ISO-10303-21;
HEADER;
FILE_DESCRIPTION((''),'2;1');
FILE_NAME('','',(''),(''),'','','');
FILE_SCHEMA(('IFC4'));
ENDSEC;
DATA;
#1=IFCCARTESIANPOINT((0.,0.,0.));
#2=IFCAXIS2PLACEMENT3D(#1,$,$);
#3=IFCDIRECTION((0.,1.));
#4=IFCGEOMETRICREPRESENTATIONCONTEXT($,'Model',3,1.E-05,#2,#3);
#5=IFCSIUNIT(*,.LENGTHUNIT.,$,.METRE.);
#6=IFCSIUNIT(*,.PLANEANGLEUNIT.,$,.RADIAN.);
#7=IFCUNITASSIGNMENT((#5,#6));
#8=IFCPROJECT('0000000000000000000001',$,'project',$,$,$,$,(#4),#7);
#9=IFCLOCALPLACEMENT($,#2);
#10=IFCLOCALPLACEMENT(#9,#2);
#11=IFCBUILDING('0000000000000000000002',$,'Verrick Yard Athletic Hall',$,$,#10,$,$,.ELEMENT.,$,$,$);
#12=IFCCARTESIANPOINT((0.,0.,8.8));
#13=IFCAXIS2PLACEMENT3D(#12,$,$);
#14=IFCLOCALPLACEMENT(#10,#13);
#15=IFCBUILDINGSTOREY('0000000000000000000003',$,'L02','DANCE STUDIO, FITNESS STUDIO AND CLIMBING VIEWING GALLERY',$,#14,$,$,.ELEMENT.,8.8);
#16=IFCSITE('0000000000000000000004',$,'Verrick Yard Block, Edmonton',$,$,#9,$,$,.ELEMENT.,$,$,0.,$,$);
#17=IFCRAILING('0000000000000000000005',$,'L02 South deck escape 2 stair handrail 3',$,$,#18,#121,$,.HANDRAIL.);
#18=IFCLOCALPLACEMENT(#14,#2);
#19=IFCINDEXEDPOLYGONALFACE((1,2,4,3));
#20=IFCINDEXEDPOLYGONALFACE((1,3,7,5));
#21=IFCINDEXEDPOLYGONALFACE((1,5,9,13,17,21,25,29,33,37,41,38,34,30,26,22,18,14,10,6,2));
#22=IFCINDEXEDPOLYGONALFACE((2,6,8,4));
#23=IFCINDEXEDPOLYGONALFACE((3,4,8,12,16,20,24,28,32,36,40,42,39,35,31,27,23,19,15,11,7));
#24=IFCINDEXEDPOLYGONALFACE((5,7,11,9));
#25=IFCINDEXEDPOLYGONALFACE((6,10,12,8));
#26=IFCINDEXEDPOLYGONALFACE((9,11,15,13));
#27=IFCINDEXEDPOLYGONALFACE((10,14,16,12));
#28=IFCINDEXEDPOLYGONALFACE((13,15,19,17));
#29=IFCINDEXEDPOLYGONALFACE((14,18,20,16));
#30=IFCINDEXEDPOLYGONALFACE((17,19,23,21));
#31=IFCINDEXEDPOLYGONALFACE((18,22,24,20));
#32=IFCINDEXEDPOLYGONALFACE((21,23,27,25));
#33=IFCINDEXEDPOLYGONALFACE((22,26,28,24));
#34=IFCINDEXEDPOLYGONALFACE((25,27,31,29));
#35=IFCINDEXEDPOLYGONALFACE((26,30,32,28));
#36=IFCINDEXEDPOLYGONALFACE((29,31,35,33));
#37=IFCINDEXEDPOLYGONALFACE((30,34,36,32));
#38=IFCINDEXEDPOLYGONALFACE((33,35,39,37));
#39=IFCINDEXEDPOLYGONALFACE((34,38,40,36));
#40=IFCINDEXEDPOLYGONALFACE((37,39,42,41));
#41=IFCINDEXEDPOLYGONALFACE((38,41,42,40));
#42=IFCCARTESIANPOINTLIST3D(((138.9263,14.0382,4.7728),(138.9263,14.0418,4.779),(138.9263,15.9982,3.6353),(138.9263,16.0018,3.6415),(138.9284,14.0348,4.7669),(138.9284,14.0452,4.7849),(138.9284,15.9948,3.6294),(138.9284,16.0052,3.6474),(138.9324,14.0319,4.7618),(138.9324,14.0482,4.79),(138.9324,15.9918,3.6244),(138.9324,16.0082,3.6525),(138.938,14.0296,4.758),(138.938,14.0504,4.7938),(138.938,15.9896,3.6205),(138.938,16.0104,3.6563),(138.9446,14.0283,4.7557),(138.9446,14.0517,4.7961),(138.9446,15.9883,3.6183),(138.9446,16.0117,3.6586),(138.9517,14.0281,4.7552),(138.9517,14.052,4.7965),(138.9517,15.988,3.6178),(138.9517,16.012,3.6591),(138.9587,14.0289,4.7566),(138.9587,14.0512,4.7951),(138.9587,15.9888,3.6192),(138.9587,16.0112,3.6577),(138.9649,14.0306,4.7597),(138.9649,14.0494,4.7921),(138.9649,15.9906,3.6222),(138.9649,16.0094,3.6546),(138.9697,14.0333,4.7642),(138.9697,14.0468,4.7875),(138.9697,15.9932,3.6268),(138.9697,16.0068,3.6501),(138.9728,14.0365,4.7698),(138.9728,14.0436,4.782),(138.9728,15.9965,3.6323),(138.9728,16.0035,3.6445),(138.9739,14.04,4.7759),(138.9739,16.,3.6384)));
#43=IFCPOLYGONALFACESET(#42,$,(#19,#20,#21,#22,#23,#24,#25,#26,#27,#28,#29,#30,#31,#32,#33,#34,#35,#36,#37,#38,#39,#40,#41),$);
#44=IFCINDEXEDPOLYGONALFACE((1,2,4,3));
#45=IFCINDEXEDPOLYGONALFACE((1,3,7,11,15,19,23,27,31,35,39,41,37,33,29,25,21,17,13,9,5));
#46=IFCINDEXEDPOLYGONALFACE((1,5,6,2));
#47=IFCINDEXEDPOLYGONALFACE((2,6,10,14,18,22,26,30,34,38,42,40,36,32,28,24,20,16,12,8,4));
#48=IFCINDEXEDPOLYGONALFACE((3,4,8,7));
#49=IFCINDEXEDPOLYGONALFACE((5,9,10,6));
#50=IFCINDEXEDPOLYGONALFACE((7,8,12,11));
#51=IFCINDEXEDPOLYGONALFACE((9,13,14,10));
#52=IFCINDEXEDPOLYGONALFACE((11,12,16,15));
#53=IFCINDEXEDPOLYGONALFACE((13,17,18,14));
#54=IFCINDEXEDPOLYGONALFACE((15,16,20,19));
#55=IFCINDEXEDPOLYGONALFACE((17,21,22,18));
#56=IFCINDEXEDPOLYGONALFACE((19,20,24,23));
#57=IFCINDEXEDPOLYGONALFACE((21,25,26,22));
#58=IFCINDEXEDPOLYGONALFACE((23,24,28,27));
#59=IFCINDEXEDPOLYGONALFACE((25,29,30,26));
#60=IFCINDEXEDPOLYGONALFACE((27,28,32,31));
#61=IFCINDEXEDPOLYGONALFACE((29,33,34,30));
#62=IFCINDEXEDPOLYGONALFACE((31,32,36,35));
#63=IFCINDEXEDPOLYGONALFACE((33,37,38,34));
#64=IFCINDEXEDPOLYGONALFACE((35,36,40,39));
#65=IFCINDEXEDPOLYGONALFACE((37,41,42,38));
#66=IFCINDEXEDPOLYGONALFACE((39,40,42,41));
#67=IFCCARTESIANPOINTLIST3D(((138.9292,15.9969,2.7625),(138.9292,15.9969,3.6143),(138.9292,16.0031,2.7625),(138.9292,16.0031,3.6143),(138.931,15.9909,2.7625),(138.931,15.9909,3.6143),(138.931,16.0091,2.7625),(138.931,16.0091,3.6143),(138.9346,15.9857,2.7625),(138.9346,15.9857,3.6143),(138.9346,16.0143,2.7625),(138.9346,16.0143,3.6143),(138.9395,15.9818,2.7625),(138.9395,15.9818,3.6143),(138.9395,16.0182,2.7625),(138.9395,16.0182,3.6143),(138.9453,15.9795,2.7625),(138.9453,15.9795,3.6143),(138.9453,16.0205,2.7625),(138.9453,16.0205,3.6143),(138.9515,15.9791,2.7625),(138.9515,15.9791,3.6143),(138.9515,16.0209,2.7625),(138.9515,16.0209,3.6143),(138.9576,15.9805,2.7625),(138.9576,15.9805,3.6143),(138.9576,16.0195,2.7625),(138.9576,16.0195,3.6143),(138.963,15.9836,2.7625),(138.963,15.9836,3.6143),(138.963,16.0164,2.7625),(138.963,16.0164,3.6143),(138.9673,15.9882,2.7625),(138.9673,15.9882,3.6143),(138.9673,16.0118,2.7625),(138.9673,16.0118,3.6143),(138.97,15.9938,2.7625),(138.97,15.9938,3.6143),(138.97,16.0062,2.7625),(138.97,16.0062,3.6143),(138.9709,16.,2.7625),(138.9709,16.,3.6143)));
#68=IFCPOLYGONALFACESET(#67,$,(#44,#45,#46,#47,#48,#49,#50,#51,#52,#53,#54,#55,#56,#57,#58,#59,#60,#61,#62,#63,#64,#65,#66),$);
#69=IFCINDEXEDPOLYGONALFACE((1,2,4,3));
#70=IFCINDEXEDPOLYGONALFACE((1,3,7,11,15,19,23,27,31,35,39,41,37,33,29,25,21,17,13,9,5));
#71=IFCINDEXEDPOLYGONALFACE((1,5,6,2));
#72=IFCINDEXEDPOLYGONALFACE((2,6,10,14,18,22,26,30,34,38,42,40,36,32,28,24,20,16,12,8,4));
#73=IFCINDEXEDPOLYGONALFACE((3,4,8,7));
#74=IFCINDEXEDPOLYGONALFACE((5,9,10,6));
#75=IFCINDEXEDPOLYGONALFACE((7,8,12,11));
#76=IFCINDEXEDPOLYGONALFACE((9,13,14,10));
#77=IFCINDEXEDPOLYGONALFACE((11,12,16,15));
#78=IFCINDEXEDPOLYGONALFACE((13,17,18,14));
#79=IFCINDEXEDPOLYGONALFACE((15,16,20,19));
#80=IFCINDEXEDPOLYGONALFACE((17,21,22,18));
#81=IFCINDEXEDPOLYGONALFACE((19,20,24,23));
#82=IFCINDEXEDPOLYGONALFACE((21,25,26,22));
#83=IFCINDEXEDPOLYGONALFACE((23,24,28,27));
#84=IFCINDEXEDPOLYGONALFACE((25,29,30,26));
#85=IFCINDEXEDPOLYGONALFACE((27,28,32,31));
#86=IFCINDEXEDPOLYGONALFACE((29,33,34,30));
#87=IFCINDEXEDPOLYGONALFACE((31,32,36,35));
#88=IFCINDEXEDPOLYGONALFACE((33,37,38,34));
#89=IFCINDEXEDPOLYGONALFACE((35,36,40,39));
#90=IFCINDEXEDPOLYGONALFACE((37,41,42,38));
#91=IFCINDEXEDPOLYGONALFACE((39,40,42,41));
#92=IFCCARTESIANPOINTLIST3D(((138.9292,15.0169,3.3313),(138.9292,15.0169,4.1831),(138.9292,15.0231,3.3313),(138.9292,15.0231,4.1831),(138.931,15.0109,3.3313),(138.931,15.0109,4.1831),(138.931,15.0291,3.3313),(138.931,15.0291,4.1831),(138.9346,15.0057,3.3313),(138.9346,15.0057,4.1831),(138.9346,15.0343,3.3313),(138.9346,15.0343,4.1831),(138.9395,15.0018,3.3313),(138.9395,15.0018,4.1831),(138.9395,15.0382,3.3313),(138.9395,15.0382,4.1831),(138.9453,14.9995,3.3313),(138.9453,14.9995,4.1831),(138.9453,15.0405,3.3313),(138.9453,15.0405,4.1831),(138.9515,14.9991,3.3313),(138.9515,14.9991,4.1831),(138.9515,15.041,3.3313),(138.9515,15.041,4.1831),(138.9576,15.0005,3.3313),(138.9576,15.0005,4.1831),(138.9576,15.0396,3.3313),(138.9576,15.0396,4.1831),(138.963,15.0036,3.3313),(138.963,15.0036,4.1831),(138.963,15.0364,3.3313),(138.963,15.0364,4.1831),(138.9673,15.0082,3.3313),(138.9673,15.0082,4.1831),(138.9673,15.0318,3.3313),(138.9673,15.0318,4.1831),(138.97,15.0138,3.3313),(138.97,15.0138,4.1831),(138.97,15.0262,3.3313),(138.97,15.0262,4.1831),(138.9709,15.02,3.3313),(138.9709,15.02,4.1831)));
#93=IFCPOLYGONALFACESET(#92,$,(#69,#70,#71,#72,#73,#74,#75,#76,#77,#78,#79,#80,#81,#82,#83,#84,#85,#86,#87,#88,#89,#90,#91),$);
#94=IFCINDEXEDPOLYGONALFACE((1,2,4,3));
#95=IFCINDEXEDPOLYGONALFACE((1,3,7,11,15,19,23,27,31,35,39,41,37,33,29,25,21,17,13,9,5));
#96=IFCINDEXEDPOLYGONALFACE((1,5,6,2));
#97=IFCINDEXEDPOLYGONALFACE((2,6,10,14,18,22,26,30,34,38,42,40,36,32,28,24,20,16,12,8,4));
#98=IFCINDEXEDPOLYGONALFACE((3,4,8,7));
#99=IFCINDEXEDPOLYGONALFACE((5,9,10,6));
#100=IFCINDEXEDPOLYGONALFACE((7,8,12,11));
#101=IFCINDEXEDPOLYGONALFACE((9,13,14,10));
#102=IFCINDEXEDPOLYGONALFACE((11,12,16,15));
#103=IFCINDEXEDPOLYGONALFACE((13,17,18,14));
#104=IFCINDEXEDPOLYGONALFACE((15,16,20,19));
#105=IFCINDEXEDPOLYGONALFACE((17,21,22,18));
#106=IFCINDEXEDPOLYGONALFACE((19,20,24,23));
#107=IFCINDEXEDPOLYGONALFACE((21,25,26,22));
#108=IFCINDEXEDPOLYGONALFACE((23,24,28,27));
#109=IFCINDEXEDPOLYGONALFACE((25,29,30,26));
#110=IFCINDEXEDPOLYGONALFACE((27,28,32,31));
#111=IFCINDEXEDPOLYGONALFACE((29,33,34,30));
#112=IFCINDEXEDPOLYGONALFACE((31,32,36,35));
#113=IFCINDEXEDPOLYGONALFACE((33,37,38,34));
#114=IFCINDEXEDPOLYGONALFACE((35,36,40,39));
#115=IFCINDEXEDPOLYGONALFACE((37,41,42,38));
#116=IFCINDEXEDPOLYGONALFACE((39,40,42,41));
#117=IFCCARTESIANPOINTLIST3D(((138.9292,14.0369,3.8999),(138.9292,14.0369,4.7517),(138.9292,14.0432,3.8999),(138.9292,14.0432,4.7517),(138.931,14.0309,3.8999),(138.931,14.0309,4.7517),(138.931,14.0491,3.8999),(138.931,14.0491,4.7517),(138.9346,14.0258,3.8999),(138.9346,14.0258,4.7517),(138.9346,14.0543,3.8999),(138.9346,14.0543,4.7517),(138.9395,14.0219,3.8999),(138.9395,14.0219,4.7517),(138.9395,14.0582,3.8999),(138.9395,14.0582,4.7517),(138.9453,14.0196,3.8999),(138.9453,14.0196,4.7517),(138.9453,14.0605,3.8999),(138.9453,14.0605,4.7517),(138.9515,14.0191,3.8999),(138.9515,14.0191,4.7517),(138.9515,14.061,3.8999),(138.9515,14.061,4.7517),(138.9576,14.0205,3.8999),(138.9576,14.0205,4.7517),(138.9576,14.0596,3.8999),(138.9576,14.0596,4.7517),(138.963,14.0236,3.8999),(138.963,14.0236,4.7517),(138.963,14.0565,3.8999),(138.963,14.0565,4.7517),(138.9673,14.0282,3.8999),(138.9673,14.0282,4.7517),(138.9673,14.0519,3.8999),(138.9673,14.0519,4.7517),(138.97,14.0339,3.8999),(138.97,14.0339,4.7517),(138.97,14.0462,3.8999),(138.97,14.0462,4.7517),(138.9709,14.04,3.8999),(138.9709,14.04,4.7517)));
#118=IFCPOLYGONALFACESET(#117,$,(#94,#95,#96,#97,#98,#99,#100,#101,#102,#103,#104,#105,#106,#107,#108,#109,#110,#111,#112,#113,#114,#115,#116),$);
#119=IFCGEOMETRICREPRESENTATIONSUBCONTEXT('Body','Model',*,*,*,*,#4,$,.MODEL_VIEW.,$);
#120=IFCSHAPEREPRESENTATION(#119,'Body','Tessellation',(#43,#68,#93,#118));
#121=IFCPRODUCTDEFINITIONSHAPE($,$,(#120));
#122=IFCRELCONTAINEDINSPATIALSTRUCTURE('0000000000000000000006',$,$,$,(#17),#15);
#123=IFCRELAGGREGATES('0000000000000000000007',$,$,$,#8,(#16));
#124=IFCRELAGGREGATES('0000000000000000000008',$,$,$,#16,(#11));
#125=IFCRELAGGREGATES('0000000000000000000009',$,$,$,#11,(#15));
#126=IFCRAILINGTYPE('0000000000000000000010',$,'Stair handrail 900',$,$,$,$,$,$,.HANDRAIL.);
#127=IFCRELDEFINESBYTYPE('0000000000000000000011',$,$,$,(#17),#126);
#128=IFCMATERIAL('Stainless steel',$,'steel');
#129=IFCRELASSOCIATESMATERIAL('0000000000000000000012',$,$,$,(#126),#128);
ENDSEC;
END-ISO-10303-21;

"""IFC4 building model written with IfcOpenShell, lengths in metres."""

from ifc_helpers import new_model, si_unit, direction, frame, origin, origin_2d, place, context, subcontext, project, spatial, circle, extrude, material, type_object, element, save


model = new_model("IFC4")

# Units and contexts
model_context = context("Model", 3, precision=1e-05, world=origin(), true_north=direction((0.0, 1.0)))
body_context = subcontext(model_context, "Body", "Model", "MODEL_VIEW")
ifc_project = project(units=[si_unit("LENGTHUNIT", "METRE"), si_unit("PLANEANGLEUNIT", "RADIAN")], contexts=[model_context])

# Site, building, storey
site_placement = place(None, origin())
site = spatial("IfcSite", under=ifc_project, at=site_placement, Name="Verrick Yard Block, Edmonton", CompositionType="ELEMENT", RefElevation=0.0)
building_placement = place(site_placement, origin())
building = spatial("IfcBuilding", under=site, at=building_placement, Name="Verrick Yard Athletic Hall", CompositionType="ELEMENT")
storey_placement = place(building_placement, frame((0.0, 0.0, 8.8)))
storey = spatial("IfcBuildingStorey", under=building, at=storey_placement, Name="L02", Description="DANCE STUDIO, FITNESS STUDIO AND CLIMBING VIEWING GALLERY", CompositionType="ELEMENT", Elevation=8.8)

# Railing
ifc_material_1 = material(Name="Stainless steel", Category="steel")
railing_type_1 = type_object("IfcRailingType", Name="Stair handrail 900", PredefinedType="HANDRAIL", material=ifc_material_1)
railing_1_placement = place(storey_placement, frame((138.95, 16.0, 2.7625)))
element("IfcRailing", 1, at=railing_1_placement, inside=storey, type_object=railing_type_1, Name="L02 South deck escape 2 stair handrail 3", PredefinedType="HANDRAIL", context=body_context, shape_type="SweptSolid", body=[
    extrude(circle(Radius=0.0239, at=origin_2d()), frame((0.0, 0.0, 0.876), z_axis=(0.0, -0.864902, 0.501941), x_axis=(1.0, 0.0, 0.0)), (0.0, 0.0, 1.0), 2.2661),
    extrude(circle(Radius=0.021, at=origin_2d()), origin(), (0.0, 0.0, 1.0), 0.8518),
    extrude(circle(Radius=0.021, at=origin_2d()), frame((0.0, -0.98, 0.5688)), (0.0, 0.0, 1.0), 0.8518),
    extrude(circle(Radius=0.021, at=origin_2d()), frame((0.0, -1.96, 1.1375)), (0.0, 0.0, 1.0), 0.8518),
])

save(model, "model.ifc")
